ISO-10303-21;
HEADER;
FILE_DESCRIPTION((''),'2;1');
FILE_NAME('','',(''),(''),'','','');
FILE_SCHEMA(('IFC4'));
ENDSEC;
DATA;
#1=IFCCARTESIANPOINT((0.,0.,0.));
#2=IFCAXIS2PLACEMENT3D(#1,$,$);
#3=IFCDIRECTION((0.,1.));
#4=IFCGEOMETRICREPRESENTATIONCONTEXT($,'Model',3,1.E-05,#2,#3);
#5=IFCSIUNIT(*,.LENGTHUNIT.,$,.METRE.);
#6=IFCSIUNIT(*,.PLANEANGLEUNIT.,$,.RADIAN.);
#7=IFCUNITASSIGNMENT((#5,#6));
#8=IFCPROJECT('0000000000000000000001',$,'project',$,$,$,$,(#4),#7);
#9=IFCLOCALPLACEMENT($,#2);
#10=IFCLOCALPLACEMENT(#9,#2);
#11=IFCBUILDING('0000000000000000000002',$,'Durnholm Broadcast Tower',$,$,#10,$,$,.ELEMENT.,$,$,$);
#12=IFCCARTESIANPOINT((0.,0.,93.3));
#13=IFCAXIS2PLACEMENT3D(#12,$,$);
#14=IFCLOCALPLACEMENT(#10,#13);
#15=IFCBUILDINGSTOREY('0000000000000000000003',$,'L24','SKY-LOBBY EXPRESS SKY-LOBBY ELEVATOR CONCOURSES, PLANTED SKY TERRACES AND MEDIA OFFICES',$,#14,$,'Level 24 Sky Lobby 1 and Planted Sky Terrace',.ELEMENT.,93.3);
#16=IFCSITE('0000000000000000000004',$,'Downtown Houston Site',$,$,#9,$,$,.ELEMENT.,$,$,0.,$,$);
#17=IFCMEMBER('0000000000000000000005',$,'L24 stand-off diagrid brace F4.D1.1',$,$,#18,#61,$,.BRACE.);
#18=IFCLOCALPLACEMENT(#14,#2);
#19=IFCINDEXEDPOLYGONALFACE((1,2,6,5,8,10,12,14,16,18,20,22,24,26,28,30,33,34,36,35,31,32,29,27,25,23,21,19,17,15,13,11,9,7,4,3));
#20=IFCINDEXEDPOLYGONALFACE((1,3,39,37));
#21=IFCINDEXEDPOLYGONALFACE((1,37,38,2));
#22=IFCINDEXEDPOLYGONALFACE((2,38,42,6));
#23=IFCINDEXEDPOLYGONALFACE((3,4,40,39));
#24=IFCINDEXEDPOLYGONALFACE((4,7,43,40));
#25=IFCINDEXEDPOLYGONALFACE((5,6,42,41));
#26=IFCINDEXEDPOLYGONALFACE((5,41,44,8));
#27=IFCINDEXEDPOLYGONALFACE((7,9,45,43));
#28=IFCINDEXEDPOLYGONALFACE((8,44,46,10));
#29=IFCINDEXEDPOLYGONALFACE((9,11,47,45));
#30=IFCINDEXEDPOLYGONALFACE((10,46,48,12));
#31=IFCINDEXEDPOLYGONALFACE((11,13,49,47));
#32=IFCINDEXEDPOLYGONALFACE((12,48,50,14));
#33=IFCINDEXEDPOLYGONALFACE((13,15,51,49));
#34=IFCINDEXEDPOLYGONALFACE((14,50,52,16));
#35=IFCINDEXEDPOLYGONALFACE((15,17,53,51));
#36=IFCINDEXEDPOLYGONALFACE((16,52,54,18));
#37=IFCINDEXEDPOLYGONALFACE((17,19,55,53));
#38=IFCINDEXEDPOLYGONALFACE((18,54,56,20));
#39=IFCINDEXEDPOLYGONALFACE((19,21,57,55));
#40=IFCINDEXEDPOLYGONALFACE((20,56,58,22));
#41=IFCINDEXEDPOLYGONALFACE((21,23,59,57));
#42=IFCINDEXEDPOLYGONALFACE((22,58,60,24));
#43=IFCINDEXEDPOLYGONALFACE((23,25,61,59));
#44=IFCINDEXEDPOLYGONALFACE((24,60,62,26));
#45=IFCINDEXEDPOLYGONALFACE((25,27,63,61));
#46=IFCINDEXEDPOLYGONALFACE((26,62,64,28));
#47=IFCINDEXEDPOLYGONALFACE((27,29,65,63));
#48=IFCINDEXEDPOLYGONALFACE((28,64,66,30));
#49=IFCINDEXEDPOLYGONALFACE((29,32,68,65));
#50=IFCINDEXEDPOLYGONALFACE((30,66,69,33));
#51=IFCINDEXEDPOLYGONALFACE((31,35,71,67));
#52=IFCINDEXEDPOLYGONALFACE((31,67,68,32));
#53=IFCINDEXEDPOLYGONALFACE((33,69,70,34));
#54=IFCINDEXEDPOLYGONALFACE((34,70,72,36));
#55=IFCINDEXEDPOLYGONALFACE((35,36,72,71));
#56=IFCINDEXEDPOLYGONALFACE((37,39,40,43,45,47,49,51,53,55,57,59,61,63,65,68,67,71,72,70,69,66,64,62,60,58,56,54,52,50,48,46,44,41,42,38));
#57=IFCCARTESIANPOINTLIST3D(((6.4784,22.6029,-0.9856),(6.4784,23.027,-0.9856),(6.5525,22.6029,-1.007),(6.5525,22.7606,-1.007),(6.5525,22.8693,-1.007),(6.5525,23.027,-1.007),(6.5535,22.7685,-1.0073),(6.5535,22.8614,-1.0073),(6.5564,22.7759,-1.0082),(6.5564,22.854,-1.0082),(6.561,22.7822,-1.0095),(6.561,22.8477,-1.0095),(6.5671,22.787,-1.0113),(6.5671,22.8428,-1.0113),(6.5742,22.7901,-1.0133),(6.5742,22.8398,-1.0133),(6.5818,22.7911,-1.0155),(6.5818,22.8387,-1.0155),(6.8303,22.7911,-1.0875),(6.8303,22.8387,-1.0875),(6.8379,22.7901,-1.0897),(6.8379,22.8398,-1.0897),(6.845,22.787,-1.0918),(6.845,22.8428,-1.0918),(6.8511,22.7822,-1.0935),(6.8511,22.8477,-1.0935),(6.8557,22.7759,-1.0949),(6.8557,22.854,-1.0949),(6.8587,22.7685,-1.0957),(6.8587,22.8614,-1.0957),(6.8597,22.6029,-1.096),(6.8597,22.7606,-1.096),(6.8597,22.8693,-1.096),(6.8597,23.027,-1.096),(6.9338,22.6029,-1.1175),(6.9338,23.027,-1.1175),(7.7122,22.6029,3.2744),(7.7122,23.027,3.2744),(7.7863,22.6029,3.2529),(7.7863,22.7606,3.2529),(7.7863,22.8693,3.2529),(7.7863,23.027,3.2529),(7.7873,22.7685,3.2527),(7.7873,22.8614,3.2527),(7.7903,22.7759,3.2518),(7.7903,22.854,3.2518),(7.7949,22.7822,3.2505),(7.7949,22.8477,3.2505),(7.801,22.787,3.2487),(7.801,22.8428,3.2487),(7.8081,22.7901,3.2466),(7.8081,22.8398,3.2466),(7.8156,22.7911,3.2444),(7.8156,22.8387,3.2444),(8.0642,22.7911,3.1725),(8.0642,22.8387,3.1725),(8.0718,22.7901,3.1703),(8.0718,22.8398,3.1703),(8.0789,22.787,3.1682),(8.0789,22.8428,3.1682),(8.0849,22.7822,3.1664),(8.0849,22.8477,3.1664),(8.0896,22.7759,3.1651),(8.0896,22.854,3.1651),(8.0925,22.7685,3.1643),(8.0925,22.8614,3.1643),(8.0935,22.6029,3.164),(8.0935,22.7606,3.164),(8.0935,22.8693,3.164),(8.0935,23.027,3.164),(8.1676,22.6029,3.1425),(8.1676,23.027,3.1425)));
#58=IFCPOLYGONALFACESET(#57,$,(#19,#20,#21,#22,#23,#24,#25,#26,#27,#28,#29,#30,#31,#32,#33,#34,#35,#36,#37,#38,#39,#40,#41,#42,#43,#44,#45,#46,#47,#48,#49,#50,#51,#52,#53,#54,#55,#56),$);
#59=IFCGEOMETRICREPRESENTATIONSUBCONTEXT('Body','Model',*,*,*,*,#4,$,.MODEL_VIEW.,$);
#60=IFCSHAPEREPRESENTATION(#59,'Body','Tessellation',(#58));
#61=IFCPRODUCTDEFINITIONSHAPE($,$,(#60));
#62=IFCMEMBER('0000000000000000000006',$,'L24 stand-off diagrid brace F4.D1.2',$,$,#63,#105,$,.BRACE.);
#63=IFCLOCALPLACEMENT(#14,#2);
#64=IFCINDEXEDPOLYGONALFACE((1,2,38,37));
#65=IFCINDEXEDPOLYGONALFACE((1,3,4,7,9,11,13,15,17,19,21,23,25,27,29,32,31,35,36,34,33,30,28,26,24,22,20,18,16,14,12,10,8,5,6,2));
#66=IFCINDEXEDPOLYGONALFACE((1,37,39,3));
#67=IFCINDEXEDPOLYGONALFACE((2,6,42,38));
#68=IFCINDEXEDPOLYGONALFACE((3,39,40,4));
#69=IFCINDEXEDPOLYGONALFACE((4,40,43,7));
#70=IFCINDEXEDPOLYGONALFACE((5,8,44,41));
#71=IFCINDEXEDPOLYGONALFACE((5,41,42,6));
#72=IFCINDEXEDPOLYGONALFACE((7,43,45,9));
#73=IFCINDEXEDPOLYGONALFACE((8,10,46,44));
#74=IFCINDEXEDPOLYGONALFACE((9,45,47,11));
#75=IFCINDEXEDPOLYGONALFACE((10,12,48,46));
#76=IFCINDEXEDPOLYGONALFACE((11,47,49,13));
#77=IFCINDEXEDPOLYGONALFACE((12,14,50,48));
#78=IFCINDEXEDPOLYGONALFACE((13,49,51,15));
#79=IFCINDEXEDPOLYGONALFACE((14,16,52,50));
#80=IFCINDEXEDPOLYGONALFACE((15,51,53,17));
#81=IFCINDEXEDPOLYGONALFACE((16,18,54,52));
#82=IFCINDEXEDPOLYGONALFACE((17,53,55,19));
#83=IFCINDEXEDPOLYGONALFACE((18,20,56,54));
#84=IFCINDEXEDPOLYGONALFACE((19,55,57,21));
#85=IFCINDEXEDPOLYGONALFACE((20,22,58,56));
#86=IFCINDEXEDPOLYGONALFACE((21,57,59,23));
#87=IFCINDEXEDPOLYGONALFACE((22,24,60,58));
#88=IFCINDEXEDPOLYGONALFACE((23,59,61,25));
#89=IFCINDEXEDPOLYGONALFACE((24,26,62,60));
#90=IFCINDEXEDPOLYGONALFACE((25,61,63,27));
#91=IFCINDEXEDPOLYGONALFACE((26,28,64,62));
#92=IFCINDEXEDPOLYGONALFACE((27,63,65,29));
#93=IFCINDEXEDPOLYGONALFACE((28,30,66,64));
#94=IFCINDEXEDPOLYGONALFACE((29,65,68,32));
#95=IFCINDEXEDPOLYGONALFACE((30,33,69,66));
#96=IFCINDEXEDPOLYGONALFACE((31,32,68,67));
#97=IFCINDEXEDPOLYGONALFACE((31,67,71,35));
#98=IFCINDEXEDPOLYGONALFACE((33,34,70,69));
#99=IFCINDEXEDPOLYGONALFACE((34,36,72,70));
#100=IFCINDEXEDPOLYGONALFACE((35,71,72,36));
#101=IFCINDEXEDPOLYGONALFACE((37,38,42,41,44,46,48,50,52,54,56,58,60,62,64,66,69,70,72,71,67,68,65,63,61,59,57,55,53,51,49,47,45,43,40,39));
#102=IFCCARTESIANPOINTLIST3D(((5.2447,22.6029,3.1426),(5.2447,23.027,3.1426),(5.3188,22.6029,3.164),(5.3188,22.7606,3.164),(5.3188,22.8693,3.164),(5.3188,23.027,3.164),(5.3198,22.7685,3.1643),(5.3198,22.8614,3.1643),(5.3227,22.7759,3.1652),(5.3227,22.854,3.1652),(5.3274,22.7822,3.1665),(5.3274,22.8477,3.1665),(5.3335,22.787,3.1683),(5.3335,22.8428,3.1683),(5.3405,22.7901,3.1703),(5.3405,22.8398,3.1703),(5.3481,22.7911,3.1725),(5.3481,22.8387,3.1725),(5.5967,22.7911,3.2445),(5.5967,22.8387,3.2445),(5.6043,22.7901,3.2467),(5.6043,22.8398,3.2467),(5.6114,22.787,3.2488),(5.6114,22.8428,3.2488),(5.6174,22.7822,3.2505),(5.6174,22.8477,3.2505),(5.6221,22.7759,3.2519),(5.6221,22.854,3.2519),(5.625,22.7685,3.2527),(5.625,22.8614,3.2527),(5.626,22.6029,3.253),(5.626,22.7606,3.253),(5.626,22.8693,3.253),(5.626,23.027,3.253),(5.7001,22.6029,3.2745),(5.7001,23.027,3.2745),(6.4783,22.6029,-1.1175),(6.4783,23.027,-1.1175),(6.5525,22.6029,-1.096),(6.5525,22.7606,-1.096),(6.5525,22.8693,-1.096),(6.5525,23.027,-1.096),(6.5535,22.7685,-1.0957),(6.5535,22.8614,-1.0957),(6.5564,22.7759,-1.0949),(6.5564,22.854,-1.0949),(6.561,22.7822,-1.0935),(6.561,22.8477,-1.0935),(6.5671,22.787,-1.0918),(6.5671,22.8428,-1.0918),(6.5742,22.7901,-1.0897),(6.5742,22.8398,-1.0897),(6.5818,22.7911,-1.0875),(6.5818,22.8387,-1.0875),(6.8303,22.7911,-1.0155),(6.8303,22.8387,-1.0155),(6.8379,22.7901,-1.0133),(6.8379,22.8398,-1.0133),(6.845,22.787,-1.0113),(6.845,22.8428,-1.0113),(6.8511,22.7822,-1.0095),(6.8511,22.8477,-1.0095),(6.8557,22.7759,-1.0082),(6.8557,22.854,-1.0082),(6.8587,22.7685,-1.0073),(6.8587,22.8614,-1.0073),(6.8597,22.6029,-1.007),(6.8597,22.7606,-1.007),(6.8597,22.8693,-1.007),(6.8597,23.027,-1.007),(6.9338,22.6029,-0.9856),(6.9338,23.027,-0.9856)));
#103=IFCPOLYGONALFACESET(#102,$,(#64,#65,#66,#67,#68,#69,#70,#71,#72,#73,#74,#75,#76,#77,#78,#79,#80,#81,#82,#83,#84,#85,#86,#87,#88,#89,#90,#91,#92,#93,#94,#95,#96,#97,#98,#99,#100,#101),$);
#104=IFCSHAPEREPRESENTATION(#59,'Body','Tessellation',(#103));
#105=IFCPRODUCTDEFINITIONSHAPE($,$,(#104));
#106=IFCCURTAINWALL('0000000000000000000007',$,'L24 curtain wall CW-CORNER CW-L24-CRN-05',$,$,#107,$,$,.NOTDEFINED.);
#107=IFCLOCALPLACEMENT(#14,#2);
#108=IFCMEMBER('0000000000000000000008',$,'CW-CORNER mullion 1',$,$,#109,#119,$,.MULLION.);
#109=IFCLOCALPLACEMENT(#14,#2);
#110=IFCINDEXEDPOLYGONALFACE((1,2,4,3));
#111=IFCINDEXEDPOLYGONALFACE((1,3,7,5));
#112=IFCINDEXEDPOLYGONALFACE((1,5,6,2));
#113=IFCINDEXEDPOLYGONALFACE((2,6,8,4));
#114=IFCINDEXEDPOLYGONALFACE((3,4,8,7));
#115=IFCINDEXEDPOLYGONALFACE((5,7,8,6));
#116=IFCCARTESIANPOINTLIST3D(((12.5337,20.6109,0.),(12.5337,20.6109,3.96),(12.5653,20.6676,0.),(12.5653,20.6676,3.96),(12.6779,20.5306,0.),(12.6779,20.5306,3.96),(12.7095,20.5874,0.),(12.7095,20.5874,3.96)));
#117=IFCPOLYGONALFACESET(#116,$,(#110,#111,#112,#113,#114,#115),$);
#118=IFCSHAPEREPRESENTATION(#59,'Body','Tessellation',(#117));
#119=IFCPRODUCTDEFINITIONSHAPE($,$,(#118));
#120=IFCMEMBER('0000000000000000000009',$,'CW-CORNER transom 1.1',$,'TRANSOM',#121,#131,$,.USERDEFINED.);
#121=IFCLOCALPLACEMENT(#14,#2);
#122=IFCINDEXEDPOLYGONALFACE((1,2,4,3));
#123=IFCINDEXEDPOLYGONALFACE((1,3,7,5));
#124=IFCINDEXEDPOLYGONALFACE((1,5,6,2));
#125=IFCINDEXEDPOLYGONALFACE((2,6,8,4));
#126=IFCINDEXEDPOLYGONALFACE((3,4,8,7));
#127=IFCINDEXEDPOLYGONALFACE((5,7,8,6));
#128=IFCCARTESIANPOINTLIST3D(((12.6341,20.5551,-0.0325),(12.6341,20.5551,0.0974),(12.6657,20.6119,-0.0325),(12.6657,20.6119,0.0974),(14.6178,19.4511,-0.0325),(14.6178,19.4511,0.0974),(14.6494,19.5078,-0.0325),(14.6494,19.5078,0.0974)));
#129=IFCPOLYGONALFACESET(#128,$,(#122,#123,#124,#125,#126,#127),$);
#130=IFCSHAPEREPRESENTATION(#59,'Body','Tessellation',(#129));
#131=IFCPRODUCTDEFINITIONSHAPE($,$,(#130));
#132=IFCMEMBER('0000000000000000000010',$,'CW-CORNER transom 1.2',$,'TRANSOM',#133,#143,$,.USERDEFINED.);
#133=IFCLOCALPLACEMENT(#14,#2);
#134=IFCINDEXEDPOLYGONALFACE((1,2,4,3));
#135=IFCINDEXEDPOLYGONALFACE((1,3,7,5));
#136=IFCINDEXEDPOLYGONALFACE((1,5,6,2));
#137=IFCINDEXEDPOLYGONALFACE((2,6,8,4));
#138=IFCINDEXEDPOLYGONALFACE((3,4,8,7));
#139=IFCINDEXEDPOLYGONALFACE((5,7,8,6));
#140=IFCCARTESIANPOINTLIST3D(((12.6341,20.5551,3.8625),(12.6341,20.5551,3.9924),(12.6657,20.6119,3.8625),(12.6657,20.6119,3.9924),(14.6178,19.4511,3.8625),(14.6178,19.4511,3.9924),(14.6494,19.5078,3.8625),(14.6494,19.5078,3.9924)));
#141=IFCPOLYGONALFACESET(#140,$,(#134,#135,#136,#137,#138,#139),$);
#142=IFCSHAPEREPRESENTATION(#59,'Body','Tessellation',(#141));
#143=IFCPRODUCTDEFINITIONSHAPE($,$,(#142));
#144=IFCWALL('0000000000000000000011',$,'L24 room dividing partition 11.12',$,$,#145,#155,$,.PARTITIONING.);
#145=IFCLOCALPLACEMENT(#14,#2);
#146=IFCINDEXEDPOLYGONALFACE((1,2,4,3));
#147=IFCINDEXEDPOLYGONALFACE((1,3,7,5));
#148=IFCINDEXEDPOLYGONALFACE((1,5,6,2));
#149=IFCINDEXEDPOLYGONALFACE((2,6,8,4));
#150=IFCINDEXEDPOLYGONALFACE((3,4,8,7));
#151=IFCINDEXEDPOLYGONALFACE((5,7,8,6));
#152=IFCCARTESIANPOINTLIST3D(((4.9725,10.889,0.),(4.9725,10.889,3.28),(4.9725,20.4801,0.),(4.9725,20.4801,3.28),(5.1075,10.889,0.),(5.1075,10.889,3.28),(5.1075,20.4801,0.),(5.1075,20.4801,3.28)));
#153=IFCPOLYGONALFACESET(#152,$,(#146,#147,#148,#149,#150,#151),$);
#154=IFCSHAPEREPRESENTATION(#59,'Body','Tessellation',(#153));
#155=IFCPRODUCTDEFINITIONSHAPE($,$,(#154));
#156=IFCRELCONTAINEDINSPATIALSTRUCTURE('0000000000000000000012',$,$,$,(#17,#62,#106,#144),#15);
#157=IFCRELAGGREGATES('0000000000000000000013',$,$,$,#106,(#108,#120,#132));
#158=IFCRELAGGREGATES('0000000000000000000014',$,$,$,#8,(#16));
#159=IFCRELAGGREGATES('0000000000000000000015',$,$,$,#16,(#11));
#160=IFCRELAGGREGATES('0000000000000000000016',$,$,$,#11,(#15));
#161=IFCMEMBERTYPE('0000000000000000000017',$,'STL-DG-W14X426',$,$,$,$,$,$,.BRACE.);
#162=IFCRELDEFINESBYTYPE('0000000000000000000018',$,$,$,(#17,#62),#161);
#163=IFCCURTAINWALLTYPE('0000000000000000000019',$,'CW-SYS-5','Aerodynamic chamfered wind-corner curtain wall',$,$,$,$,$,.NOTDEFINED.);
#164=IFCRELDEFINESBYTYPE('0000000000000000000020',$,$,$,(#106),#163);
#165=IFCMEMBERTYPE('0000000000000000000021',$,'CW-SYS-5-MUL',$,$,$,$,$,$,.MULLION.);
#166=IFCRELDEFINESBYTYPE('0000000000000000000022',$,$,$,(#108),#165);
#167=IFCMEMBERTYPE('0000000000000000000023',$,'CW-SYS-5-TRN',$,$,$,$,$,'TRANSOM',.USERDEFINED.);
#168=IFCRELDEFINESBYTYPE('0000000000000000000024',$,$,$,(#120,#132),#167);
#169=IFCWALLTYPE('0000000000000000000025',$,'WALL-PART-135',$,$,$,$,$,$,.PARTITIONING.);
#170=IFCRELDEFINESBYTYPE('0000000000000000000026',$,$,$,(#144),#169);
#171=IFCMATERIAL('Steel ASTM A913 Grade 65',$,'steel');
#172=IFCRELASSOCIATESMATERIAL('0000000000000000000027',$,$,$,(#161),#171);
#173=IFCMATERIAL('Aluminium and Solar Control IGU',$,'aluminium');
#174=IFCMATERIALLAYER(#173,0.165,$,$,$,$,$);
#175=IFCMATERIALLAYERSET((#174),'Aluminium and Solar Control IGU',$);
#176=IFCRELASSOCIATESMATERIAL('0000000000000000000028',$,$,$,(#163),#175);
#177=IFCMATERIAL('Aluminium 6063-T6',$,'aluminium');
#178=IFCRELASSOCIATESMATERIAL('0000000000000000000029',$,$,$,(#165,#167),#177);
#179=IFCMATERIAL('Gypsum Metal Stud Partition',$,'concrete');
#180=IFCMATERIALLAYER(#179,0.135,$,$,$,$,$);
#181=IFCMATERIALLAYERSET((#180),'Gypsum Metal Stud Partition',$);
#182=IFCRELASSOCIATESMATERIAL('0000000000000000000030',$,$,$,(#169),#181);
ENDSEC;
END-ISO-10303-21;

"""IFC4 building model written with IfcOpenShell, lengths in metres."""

from ifc_helpers import new_model, si_unit, direction, frame, frame_2d, origin, origin_2d, place, context, subcontext, project, spatial, rectangle, i_section, extrude, source, transform, mapped, material, layer, layer_set, material_profile, profile_set, type_object, type_shapes, element, aggregate, save


model = new_model("IFC4")

# Units and contexts
model_context = context("Model", 3, precision=1e-05, world=origin(), true_north=direction((0.0, 1.0)))
body_context = subcontext(model_context, "Body", "Model", "MODEL_VIEW")
ifc_project = project(units=[si_unit("LENGTHUNIT", "METRE"), si_unit("PLANEANGLEUNIT", "RADIAN")], contexts=[model_context])

# Site, building, storey
site_placement = place(None, origin())
site = spatial("IfcSite", under=ifc_project, at=site_placement, Name="Downtown Houston Site", CompositionType="ELEMENT", RefElevation=0.0)
building_placement = place(site_placement, origin())
building = spatial("IfcBuilding", under=site, at=building_placement, Name="Durnholm Broadcast Tower", CompositionType="ELEMENT")
storey_placement = place(building_placement, frame((0.0, 0.0, 93.3)))
storey = spatial("IfcBuildingStorey", under=building, at=storey_placement, Name="L24", Description="SKY-LOBBY EXPRESS SKY-LOBBY ELEVATOR CONCOURSES, PLANTED SKY TERRACES AND MEDIA OFFICES", LongName="Level 24 Sky Lobby 1 and Planted Sky Terrace", CompositionType="ELEMENT", Elevation=93.3)

# Members
ifc_material_1 = material(Name="Steel ASTM A913 Grade 65", Category="steel")
ifc_material_profile_1 = material_profile(ifc_material_1, i_section(OverallWidth=0.4241, OverallDepth=0.4741, WebThickness=0.0476, FlangeThickness=0.0771, FilletRadius=0.0305, at=origin_2d()), Name="W14X426")
ifc_profile_set_1 = profile_set([ifc_material_profile_1], Name="Steel ASTM A913 Grade 65")
member_type_1 = type_object("IfcMemberType", Name="STL-DG-W14X426", PredefinedType="BRACE", material=ifc_profile_set_1)
shared_shape_1 = source(origin(), body_context, "Body", "SweptSolid", [
    extrude(i_section(OverallWidth=0.4241, OverallDepth=0.4741, WebThickness=0.0476, FlangeThickness=0.0771, FilletRadius=0.0305, at=origin_2d()), origin(), (0.0, 0.0, 1.0), 4.4351),
])
type_shapes(member_type_1, [shared_shape_1])
for number, where, z_axis, x_axis, name in (
    (1, (6.7061, 22.8149, -1.0515), (0.278209, 0.0, 0.960521), (0.0, 1.0, 0.0), "L24 stand-off diagrid brace F4.D1.1"),
    (2, (6.7061, 22.8149, -1.0515), (-0.278158, 0.0, 0.960535), (0.0, -1.0, 0.0), "L24 stand-off diagrid brace F4.D1.2"),
):
    element("IfcMember", number, at=place(storey_placement, frame(where, z_axis=z_axis, x_axis=x_axis)), inside=storey, type_object=member_type_1, Name=name, PredefinedType="BRACE", context=body_context, shape_type="MappedRepresentation", body=[
        mapped(shared_shape_1, transform((0.0, 0.0, 0.0), x_axis=(1.0, 0.0, 0.0), y_axis=(0.0, 1.0, 0.0), z_axis=(0.0, 0.0, 1.0), scale=1.0)),
    ])

# Curtain wall, members
ifc_material_2 = material(Name="Aluminium and Solar Control IGU", Category="aluminium")
ifc_layer_1 = layer(ifc_material_2, 0.165)
ifc_layer_set_1 = layer_set([ifc_layer_1], Name="Aluminium and Solar Control IGU")
curtain_wall_type = type_object("IfcCurtainWallType", Name="CW-SYS-5", Description="Aerodynamic chamfered wind-corner curtain wall", PredefinedType="NOTDEFINED", material=ifc_layer_set_1)
curtain_wall_placement = place(storey_placement, origin())
curtain_wall = element("IfcCurtainWall", 3, at=curtain_wall_placement, inside=storey, type_object=curtain_wall_type, Name="L24 curtain wall CW-CORNER CW-L24-CRN-05", PredefinedType="NOTDEFINED")
ifc_material_3 = material(Name="Aluminium 6063-T6", Category="aluminium")
ifc_material_profile_2 = material_profile(ifc_material_3, rectangle(XDim=0.0649, YDim=0.165, at=origin_2d()), Name="CWM65X165")
ifc_profile_set_2 = profile_set([ifc_material_profile_2], Name="Aluminium 6063-T6")
member_type_2 = type_object("IfcMemberType", Name="CW-SYS-5-MUL", PredefinedType="MULLION", material=ifc_profile_set_2)
shared_shape_2 = source(origin(), body_context, "Body", "SweptSolid", [
    extrude(rectangle(XDim=0.0649, YDim=0.165, at=origin_2d()), origin(), (0.0, 0.0, 1.0), 3.96),
])
type_shapes(member_type_2, [shared_shape_2])
member_1_placement = place(storey_placement, frame((12.6216, 20.5991, 0.0), z_axis=(0.0, 0.0, 1.0), x_axis=(0.486244, 0.873823, 0.0)))
member_1 = element("IfcMember", 4, at=member_1_placement, type_object=member_type_2, Name="CW-CORNER mullion 1", PredefinedType="MULLION", context=body_context, shape_type="MappedRepresentation", body=[
    mapped(shared_shape_2, transform((0.0, 0.0, 0.0), x_axis=(1.0, 0.0, 0.0), y_axis=(0.0, 1.0, 0.0), z_axis=(0.0, 0.0, 1.0), scale=1.0)),
])
ifc_material_profile_3 = material_profile(ifc_material_3, rectangle(XDim=0.0649, YDim=0.1299, at=origin_2d()), Name="CWT65X130")
ifc_profile_set_3 = profile_set([ifc_material_profile_3], Name="Aluminium 6063-T6")
member_type_3 = type_object("IfcMemberType", Name="CW-SYS-5-TRN", ElementType="TRANSOM", PredefinedType="USERDEFINED", material=ifc_profile_set_3)
shared_shape_3 = source(origin(), body_context, "Body", "SweptSolid", [
    extrude(rectangle(XDim=0.0649, YDim=0.1299, at=origin_2d()), origin(), (0.0, 0.0, 1.0), 2.2703),
])
type_shapes(member_type_3, [shared_shape_3])
member_2_placement = place(storey_placement, frame((12.6499, 20.5835, 0.0325), z_axis=(0.873787, -0.486309, 0.0), x_axis=(0.486309, 0.873787, 0.0)))
member_2 = element("IfcMember", 5, at=member_2_placement, type_object=member_type_3, Name="CW-CORNER transom 1.1", ObjectType="TRANSOM", PredefinedType="USERDEFINED", context=body_context, shape_type="MappedRepresentation", body=[
    mapped(shared_shape_3, transform((0.0, 0.0, 0.0), x_axis=(1.0, 0.0, 0.0), y_axis=(0.0, 1.0, 0.0), z_axis=(0.0, 0.0, 1.0), scale=1.0)),
])
member_3_placement = place(storey_placement, frame((12.6499, 20.5835, 3.9275), z_axis=(0.873787, -0.486309, 0.0), x_axis=(0.486309, 0.873787, 0.0)))
member_3 = element("IfcMember", 6, at=member_3_placement, type_object=member_type_3, Name="CW-CORNER transom 1.2", ObjectType="TRANSOM", PredefinedType="USERDEFINED", context=body_context, shape_type="MappedRepresentation", body=[
    mapped(shared_shape_3, transform((0.0, 0.0, 0.0), x_axis=(1.0, 0.0, 0.0), y_axis=(0.0, 1.0, 0.0), z_axis=(0.0, 0.0, 1.0), scale=1.0)),
])
aggregate(curtain_wall, [member_1, member_2, member_3])

# Wall
ifc_material_4 = material(Name="Gypsum Metal Stud Partition", Category="concrete")
ifc_layer_2 = layer(ifc_material_4, 0.135)
ifc_layer_set_2 = layer_set([ifc_layer_2], Name="Gypsum Metal Stud Partition")
wall_type_1 = type_object("IfcWallType", Name="WALL-PART-135", PredefinedType="PARTITIONING", material=ifc_layer_set_2)
wall_1_placement = place(storey_placement, frame((5.04, 20.48, 0.0), z_axis=(0.0, 0.0, 1.0), x_axis=(0.0, -1.0, 0.0)))
element("IfcWall", 7, at=wall_1_placement, inside=storey, type_object=wall_type_1, Name="L24 room dividing partition 11.12", PredefinedType="PARTITIONING", context=body_context, shape_type="SweptSolid", body=[
    extrude(rectangle(XDim=9.5911, YDim=0.135, at=frame_2d((4.7954, 0.0))), origin(), (0.0, 0.0, 1.0), 3.28),
])

save(model, "model.ifc")
